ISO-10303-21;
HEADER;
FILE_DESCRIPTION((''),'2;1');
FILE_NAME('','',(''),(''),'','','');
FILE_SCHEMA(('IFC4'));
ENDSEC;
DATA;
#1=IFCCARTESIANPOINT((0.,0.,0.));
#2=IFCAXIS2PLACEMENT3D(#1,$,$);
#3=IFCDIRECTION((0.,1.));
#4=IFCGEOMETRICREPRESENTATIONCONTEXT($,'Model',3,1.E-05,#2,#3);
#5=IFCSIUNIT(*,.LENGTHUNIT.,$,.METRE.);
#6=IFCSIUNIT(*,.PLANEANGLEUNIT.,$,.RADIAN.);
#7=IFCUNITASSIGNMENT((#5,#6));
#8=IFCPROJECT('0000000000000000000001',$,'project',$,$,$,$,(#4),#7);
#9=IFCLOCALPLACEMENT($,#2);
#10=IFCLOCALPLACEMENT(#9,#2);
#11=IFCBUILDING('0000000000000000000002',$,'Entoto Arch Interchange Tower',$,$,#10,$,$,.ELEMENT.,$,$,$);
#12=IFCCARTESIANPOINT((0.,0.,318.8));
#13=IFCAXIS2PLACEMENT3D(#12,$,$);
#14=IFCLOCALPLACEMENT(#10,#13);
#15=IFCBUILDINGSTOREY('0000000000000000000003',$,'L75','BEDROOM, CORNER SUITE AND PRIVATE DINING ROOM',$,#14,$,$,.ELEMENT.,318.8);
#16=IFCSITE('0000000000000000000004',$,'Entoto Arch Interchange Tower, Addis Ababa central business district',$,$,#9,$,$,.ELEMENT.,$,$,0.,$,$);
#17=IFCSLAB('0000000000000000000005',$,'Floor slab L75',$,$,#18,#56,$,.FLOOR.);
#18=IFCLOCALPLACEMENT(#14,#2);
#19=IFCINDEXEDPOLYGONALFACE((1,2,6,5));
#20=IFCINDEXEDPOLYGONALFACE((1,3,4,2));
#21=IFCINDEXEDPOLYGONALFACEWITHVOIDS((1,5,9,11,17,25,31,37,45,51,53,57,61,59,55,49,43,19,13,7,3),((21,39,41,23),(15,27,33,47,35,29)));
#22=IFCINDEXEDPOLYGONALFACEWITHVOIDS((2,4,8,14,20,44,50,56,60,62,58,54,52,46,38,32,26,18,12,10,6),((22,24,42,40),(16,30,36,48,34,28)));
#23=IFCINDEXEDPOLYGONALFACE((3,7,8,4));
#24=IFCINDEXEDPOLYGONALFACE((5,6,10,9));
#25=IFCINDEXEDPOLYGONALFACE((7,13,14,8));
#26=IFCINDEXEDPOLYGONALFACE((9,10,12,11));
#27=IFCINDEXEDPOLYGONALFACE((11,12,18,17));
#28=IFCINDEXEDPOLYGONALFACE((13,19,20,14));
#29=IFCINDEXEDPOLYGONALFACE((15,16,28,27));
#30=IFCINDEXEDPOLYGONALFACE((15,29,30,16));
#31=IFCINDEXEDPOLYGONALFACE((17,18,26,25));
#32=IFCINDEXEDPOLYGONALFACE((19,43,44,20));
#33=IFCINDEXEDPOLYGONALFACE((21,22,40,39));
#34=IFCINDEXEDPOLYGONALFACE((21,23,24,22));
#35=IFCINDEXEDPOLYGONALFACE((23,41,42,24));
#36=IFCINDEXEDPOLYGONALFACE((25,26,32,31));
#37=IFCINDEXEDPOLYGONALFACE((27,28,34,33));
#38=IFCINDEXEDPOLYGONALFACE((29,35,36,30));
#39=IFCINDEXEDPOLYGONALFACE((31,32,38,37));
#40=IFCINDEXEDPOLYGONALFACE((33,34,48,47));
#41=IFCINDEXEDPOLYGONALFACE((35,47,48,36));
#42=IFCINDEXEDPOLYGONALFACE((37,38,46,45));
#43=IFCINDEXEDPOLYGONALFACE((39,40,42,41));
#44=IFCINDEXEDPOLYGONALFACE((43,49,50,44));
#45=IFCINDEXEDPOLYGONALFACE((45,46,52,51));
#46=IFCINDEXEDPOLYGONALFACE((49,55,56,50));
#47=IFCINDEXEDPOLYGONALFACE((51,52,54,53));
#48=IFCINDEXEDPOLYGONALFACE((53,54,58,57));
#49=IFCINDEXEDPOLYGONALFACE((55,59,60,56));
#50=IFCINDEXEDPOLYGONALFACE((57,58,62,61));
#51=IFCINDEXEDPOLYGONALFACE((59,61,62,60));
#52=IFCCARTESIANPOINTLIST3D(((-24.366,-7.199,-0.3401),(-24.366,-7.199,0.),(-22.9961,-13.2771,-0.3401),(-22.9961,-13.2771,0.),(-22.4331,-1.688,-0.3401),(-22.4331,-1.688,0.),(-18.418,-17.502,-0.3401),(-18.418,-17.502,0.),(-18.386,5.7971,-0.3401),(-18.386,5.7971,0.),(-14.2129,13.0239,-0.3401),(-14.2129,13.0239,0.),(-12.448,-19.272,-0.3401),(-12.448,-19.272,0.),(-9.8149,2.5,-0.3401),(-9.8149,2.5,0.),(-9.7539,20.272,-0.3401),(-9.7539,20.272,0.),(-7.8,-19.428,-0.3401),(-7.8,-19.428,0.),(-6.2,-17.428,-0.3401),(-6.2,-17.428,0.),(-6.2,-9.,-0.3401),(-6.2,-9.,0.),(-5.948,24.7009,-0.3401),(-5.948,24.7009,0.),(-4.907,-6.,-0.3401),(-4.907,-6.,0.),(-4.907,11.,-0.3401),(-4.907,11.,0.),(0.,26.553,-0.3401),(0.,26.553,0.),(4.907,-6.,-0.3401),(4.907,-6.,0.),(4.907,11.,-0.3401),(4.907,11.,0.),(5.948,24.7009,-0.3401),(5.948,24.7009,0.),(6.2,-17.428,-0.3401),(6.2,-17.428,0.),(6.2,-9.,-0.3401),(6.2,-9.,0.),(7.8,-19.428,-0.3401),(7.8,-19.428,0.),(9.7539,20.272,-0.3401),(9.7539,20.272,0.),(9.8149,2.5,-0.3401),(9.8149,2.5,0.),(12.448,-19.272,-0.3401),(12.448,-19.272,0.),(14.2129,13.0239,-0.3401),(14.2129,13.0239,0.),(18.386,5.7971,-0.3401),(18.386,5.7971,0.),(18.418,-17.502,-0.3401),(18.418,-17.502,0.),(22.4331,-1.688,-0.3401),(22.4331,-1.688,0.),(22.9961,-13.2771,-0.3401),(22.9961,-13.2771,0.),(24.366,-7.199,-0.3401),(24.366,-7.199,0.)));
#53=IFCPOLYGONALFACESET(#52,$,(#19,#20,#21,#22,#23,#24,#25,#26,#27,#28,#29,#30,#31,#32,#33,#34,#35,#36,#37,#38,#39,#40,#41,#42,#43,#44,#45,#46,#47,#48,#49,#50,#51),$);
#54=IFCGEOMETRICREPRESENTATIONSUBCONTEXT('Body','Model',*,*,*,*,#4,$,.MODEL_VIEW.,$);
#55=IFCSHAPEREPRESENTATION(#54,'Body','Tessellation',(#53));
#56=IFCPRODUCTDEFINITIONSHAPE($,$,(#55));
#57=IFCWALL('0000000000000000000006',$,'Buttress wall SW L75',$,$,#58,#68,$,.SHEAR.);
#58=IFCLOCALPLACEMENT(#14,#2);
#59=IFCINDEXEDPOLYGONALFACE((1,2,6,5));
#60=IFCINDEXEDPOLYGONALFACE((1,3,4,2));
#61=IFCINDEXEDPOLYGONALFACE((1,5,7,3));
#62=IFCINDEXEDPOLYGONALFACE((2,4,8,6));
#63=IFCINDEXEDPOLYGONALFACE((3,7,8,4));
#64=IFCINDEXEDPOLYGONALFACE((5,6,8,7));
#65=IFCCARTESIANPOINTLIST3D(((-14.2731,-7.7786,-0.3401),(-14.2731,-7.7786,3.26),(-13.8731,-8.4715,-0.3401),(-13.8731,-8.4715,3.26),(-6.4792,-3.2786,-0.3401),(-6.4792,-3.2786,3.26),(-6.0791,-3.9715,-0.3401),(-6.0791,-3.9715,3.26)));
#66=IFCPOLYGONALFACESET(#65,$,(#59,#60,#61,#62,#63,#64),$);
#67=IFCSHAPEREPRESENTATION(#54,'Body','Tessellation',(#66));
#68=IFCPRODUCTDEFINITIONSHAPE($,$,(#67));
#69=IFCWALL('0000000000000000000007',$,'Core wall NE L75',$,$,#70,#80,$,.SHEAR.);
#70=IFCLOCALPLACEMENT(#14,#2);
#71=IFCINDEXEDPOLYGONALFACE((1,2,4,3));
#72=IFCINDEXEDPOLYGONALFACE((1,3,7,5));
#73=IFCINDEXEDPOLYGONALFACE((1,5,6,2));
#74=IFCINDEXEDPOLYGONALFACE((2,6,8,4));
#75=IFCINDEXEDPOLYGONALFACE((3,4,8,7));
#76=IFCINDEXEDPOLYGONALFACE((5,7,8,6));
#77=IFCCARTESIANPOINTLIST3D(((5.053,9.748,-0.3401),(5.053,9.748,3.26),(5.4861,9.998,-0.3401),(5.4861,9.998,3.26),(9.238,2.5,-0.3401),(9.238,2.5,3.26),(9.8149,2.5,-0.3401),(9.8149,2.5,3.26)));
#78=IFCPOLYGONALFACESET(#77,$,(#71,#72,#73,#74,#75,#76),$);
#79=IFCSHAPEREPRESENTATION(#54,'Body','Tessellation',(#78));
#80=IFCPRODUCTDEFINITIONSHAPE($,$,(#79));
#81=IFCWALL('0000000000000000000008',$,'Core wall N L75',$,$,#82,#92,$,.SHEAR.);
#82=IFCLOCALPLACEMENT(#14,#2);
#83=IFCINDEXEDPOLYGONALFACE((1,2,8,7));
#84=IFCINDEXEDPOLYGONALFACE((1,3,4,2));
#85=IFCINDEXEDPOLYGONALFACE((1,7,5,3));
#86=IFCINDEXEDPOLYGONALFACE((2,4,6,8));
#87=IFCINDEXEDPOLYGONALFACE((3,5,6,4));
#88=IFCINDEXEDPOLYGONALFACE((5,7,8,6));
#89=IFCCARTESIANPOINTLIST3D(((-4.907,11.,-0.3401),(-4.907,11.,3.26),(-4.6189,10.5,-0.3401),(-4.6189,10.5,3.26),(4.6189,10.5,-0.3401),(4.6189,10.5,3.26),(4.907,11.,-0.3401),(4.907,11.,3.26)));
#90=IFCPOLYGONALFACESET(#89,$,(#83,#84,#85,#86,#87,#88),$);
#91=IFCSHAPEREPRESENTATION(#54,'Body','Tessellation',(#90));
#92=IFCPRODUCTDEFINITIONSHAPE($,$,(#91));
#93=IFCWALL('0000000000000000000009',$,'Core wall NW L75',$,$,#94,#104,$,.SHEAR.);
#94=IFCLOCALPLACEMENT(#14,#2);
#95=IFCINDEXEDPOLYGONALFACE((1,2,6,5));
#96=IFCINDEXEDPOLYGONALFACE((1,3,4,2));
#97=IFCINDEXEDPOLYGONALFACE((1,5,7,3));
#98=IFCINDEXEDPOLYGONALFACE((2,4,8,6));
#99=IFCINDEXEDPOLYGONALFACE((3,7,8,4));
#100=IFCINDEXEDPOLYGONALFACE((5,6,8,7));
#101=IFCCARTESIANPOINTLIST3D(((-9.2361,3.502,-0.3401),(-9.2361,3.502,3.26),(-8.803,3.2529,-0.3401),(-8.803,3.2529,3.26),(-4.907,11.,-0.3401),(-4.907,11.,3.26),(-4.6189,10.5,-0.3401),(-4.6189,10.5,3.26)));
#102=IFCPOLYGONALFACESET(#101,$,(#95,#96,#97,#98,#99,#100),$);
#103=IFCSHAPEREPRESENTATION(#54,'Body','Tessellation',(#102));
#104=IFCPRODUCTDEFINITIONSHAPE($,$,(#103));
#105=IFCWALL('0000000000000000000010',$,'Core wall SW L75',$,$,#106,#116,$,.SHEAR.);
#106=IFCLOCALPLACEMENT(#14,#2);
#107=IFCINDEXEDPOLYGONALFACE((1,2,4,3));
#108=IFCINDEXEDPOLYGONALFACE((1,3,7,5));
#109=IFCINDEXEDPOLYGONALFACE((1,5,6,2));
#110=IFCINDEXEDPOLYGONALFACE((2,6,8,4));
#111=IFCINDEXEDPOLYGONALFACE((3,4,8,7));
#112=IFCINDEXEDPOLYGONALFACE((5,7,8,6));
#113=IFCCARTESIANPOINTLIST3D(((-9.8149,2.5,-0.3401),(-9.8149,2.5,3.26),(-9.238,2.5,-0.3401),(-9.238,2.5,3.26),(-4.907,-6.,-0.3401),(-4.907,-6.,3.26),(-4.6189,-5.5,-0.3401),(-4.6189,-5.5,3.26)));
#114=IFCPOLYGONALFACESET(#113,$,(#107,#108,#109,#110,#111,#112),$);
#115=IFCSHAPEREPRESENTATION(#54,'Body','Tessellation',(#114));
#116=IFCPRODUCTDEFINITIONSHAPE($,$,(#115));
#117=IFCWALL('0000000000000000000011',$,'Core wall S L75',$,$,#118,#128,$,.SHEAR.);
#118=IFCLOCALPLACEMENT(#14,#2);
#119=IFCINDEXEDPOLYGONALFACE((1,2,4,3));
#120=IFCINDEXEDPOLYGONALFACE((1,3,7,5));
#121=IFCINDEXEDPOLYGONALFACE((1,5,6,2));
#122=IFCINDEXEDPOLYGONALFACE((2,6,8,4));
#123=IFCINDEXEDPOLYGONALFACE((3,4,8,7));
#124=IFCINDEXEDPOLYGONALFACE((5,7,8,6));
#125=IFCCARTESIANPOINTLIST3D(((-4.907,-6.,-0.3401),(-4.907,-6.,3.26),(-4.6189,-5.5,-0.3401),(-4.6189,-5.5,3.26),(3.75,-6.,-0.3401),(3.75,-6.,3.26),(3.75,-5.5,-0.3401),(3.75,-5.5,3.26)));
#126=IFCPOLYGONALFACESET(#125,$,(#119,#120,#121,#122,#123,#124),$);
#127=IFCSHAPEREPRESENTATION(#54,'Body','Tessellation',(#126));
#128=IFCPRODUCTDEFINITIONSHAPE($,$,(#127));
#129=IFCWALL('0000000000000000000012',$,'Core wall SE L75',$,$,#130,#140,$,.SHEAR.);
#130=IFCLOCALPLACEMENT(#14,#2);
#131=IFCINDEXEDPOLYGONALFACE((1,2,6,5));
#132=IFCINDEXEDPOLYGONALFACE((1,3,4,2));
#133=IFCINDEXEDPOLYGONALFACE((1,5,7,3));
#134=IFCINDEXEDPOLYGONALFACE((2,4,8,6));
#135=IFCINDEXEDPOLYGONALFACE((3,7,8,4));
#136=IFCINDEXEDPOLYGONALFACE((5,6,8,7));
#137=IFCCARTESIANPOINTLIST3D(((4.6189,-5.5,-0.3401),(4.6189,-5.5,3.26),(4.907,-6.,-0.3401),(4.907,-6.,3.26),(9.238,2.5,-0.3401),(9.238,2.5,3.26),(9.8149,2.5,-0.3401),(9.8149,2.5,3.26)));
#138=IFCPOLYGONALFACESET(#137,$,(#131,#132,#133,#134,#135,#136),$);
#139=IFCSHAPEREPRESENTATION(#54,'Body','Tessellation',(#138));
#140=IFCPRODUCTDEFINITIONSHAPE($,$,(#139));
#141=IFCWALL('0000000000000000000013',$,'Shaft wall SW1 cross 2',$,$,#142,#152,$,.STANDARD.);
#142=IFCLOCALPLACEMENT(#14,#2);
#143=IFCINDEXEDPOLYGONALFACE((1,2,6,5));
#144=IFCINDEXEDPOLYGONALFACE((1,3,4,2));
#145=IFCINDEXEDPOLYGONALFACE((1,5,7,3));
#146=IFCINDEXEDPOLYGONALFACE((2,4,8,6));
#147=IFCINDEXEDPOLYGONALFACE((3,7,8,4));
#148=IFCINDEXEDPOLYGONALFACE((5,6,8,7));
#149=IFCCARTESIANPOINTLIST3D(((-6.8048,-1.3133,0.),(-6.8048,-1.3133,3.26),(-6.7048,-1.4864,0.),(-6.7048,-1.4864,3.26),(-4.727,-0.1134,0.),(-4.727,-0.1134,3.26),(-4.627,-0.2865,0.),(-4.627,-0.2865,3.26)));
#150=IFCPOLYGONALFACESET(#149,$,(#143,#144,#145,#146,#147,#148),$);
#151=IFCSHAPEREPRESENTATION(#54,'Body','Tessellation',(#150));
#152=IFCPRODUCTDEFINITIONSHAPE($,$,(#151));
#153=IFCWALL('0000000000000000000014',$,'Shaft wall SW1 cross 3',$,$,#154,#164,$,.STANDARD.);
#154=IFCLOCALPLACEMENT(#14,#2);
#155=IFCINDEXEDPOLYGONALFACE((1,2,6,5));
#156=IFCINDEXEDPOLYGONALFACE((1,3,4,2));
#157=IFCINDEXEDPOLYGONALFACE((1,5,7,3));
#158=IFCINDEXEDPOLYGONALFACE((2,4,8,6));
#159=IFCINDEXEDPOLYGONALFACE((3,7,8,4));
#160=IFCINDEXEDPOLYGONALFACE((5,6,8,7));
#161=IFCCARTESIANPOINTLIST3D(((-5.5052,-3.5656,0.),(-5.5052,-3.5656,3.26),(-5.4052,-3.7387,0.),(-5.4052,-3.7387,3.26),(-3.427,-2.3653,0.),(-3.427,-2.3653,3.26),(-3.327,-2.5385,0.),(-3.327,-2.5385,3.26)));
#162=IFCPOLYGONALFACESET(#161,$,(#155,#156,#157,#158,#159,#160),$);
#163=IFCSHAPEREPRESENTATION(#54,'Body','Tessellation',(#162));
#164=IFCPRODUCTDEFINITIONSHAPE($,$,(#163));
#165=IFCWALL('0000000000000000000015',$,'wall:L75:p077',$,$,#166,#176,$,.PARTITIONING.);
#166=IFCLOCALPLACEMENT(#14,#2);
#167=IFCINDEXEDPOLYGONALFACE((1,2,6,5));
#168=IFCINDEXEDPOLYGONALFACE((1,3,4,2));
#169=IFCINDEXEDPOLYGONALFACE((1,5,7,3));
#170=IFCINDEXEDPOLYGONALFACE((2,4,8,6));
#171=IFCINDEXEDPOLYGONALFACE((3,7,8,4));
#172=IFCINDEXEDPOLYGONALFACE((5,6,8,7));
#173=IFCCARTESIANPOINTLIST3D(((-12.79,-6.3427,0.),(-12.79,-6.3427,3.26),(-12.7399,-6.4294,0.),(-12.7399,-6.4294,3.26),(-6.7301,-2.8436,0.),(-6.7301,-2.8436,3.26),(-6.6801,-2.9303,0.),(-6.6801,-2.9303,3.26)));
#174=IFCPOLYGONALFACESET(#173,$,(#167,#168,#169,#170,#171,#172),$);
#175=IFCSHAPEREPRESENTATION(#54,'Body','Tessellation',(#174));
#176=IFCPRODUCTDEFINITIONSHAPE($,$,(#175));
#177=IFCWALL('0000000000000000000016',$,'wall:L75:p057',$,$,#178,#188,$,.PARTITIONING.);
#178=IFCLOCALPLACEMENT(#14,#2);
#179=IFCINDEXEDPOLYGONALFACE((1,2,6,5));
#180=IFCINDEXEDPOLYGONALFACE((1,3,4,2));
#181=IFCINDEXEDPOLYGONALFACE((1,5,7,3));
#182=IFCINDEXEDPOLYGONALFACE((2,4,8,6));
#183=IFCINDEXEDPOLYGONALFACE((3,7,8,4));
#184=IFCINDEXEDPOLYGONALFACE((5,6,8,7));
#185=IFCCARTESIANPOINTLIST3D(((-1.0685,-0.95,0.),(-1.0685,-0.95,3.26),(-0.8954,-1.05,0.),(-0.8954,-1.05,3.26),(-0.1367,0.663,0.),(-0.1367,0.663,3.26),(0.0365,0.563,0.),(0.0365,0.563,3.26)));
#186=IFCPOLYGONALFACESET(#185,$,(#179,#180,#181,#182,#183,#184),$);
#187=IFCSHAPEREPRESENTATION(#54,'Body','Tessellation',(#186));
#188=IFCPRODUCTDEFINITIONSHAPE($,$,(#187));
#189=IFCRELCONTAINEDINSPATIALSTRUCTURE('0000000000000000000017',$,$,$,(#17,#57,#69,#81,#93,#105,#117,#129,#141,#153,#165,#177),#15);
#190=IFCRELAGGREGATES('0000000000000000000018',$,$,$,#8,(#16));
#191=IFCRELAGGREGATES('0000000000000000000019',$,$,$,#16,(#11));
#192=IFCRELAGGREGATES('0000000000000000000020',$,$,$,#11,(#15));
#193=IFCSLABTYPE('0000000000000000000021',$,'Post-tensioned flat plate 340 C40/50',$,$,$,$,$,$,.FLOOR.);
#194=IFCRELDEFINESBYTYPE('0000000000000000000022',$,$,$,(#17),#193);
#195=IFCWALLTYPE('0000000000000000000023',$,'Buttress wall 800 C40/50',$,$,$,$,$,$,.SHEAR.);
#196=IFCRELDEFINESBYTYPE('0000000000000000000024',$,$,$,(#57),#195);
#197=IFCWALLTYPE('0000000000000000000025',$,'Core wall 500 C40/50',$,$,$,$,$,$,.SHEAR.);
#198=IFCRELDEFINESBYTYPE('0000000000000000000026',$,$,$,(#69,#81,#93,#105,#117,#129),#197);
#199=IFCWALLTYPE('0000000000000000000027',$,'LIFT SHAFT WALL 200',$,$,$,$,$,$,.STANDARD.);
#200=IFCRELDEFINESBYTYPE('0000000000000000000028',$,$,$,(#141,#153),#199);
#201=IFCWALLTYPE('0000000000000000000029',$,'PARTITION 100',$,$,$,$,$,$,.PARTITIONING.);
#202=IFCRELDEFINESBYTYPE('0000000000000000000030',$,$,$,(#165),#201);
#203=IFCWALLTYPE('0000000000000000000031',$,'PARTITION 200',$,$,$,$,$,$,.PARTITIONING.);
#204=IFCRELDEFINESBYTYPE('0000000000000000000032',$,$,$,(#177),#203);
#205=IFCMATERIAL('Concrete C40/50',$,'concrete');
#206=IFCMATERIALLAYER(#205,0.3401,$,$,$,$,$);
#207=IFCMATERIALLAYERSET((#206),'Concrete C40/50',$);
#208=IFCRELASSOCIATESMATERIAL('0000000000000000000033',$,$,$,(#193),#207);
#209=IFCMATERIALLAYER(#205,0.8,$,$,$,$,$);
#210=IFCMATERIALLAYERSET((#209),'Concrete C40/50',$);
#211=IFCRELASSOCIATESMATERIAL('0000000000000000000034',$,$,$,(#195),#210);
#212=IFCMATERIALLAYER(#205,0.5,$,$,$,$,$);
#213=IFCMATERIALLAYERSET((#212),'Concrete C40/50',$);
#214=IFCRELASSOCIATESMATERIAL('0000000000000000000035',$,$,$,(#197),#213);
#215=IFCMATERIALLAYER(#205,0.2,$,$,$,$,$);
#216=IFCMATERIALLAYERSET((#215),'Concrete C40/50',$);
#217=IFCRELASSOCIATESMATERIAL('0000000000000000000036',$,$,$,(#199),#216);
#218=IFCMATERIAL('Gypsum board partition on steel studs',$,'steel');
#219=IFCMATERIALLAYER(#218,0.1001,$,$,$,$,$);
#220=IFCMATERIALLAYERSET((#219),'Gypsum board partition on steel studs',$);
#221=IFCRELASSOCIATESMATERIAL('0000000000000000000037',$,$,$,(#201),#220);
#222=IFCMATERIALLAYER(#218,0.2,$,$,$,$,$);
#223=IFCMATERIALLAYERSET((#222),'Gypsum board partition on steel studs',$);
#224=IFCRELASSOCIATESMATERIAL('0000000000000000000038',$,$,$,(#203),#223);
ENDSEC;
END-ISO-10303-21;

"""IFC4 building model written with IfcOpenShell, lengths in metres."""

from ifc_helpers import new_model, si_unit, direction, frame, frame_2d, origin, place, context, subcontext, project, spatial, polyline, rectangle, outline, extrude, material, layer, layer_set, type_object, element, save


model = new_model("IFC4")

# Units and contexts
model_context = context("Model", 3, precision=1e-05, world=origin(), true_north=direction((0.0, 1.0)))
body_context = subcontext(model_context, "Body", "Model", "MODEL_VIEW")
ifc_project = project(units=[si_unit("LENGTHUNIT", "METRE"), si_unit("PLANEANGLEUNIT", "RADIAN")], contexts=[model_context])

# Site, building, storey
site_placement = place(None, origin())
site = spatial("IfcSite", under=ifc_project, at=site_placement, Name="Entoto Arch Interchange Tower, Addis Ababa central business district", CompositionType="ELEMENT", RefElevation=0.0)
building_placement = place(site_placement, origin())
building = spatial("IfcBuilding", under=site, at=building_placement, Name="Entoto Arch Interchange Tower", CompositionType="ELEMENT")
storey_placement = place(building_placement, frame((0.0, 0.0, 318.8)))
storey = spatial("IfcBuildingStorey", under=building, at=storey_placement, Name="L75", Description="BEDROOM, CORNER SUITE AND PRIVATE DINING ROOM", CompositionType="ELEMENT", Elevation=318.8)

# Slab
ifc_material_1 = material(Name="Concrete C40/50", Category="concrete")
ifc_layer_1 = layer(ifc_material_1, 0.3401)
ifc_layer_set_1 = layer_set([ifc_layer_1], Name="Concrete C40/50")
slab_type = type_object("IfcSlabType", Name="Post-tensioned flat plate 340 C40/50", PredefinedType="FLOOR", material=ifc_layer_set_1)
slab_placement = place(storey_placement, frame((0.0, 0.0, -0.3401)))
element("IfcSlab", 1, at=slab_placement, inside=storey, type_object=slab_type, Name="Floor slab L75", PredefinedType="FLOOR", context=body_context, shape_type="SweptSolid", body=[
    extrude(outline(polyline([(-12.448, -19.272), (-7.8, -19.428), (7.8, -19.428), (12.448, -19.272), (18.418, -17.502), (22.9961, -13.2771), (24.366, -7.199), (22.4331, -1.688), (18.386, 5.7971), (14.2129, 13.0239), (9.7539, 20.272), (5.948, 24.7009), (0.0, 26.553), (-5.948, 24.7009), (-9.7539, 20.272), (-14.2129, 13.0239), (-18.386, 5.7971), (-22.4331, -1.688), (-24.366, -7.199), (-22.9961, -13.2771), (-18.418, -17.502), (-12.448, -19.272)]), holes=[polyline([(6.2, -17.428), (6.2, -9.0), (-6.2, -9.0), (-6.2, -17.428), (6.2, -17.428)]), polyline([(9.8149, 2.5), (4.907, 11.0), (-4.907, 11.0), (-9.8149, 2.5), (-4.907, -6.0), (4.907, -6.0), (9.8149, 2.5)])]), origin(), (0.0, 0.0, 1.0), 0.3401),
])

# Walls
ifc_layer_2 = layer(ifc_material_1, 0.8)
ifc_layer_set_2 = layer_set([ifc_layer_2], Name="Concrete C40/50")
wall_type_1 = type_object("IfcWallType", Name="Buttress wall 800 C40/50", PredefinedType="SHEAR", material=ifc_layer_set_2)
wall_1_placement = place(storey_placement, frame((-6.2791, -3.625, -0.3401), z_axis=(0.0, 0.0, 1.0), x_axis=(-0.866018, -0.500014, 0.0)))
element("IfcWall", 2, at=wall_1_placement, inside=storey, type_object=wall_type_1, Name="Buttress wall SW L75", PredefinedType="SHEAR", context=body_context, shape_type="SweptSolid", body=[
    extrude(rectangle(XDim=8.9998, YDim=0.8, at=frame_2d((4.5, 0.0))), origin(), (0.0, 0.0, 1.0), 3.6001),
])
ifc_layer_3 = layer(ifc_material_1, 0.5)
ifc_layer_set_3 = layer_set([ifc_layer_3], Name="Concrete C40/50")
wall_type_2 = type_object("IfcWallType", Name="Core wall 500 C40/50", PredefinedType="SHEAR", material=ifc_layer_set_3)
wall_2_placement = place(storey_placement, frame((0.0, 0.0, -0.3401)))
element("IfcWall", 3, at=wall_2_placement, inside=storey, type_object=wall_type_2, Name="Core wall NE L75", PredefinedType="SHEAR", context=body_context, shape_type="SweptSolid", body=[
    extrude(outline(polyline([(5.4861, 9.998), (5.053, 9.748), (9.238, 2.5), (9.8149, 2.5), (5.4861, 9.998)])), origin(), (0.0, 0.0, 1.0), 3.6001),
])
wall_3_placement = place(storey_placement, frame((0.0, 0.0, -0.3401)))
element("IfcWall", 4, at=wall_3_placement, inside=storey, type_object=wall_type_2, Name="Core wall N L75", PredefinedType="SHEAR", context=body_context, shape_type="SweptSolid", body=[
    extrude(outline(polyline([(4.907, 11.0), (-4.907, 11.0), (-4.6189, 10.5), (4.6189, 10.5), (4.907, 11.0)])), origin(), (0.0, 0.0, 1.0), 3.6001),
])
wall_4_placement = place(storey_placement, frame((0.0, 0.0, -0.3401)))
element("IfcWall", 5, at=wall_4_placement, inside=storey, type_object=wall_type_2, Name="Core wall NW L75", PredefinedType="SHEAR", context=body_context, shape_type="SweptSolid", body=[
    extrude(outline(polyline([(-9.2361, 3.502), (-8.803, 3.2529), (-4.6189, 10.5), (-4.907, 11.0), (-9.2361, 3.502)])), origin(), (0.0, 0.0, 1.0), 3.6001),
])
wall_5_placement = place(storey_placement, frame((0.0, 0.0, -0.3401)))
element("IfcWall", 6, at=wall_5_placement, inside=storey, type_object=wall_type_2, Name="Core wall SW L75", PredefinedType="SHEAR", context=body_context, shape_type="SweptSolid", body=[
    extrude(outline(polyline([(-9.8149, 2.5), (-4.907, -6.0), (-4.6189, -5.5), (-9.238, 2.5), (-9.8149, 2.5)])), origin(), (0.0, 0.0, 1.0), 3.6001),
])
wall_6_placement = place(storey_placement, frame((0.0, 0.0, -0.3401)))
element("IfcWall", 7, at=wall_6_placement, inside=storey, type_object=wall_type_2, Name="Core wall S L75", PredefinedType="SHEAR", context=body_context, shape_type="SweptSolid", body=[
    extrude(outline(polyline([(3.75, -6.0), (3.75, -5.5), (-4.6189, -5.5), (-4.907, -6.0), (3.75, -6.0)])), origin(), (0.0, 0.0, 1.0), 3.6001),
])
wall_7_placement = place(storey_placement, frame((0.0, 0.0, -0.3401)))
element("IfcWall", 8, at=wall_7_placement, inside=storey, type_object=wall_type_2, Name="Core wall SE L75", PredefinedType="SHEAR", context=body_context, shape_type="SweptSolid", body=[
    extrude(outline(polyline([(4.907, -6.0), (9.8149, 2.5), (9.238, 2.5), (4.6189, -5.5), (4.907, -6.0)])), origin(), (0.0, 0.0, 1.0), 3.6001),
])
ifc_layer_4 = layer(ifc_material_1, 0.2)
ifc_layer_set_4 = layer_set([ifc_layer_4], Name="Concrete C40/50")
wall_type_3 = type_object("IfcWallType", Name="LIFT SHAFT WALL 200", PredefinedType="STANDARD", material=ifc_layer_set_4)
wall_8_placement = place(storey_placement, frame((-4.677, -0.2, 0.0), z_axis=(0.0, 0.0, 1.0), x_axis=(-0.865974, -0.500089, 0.0)))
element("IfcWall", 9, at=wall_8_placement, inside=storey, type_object=wall_type_3, Name="Shaft wall SW1 cross 2", PredefinedType="STANDARD", context=body_context, shape_type="SweptSolid", body=[
    extrude(rectangle(XDim=2.3994, YDim=0.2, at=frame_2d((1.1997, 0.0))), origin(), (0.0, 0.0, 1.0), 3.26),
])
wall_9_placement = place(storey_placement, frame((-3.377, -2.4519, 0.0), z_axis=(0.0, 0.0, 1.0), x_axis=(-0.865955, -0.500122, 0.0)))
element("IfcWall", 10, at=wall_9_placement, inside=storey, type_object=wall_type_3, Name="Shaft wall SW1 cross 3", PredefinedType="STANDARD", context=body_context, shape_type="SweptSolid", body=[
    extrude(rectangle(XDim=2.3999, YDim=0.2, at=frame_2d((1.2, 0.0))), origin(), (0.0, 0.0, 1.0), 3.26),
])
ifc_material_2 = material(Name="Gypsum board partition on steel studs", Category="steel")
ifc_layer_5 = layer(ifc_material_2, 0.1001)
ifc_layer_set_5 = layer_set([ifc_layer_5], Name="Gypsum board partition on steel studs")
wall_type_4 = type_object("IfcWallType", Name="PARTITION 100", PredefinedType="PARTITIONING", material=ifc_layer_set_5)
wall_10_placement = place(storey_placement, frame((-6.7051, -2.887, 0.0), z_axis=(0.0, 0.0, 1.0), x_axis=(-0.866001, -0.500042, 0.0)))
element("IfcWall", 11, at=wall_10_placement, inside=storey, type_object=wall_type_4, Name="wall:L75:p077", PredefinedType="PARTITIONING", context=body_context, shape_type="SweptSolid", body=[
    extrude(rectangle(XDim=6.9976, YDim=0.1001, at=frame_2d((3.4988, 0.0))), origin(), (0.0, 0.0, 1.0), 3.26),
])
ifc_layer_6 = layer(ifc_material_2, 0.2)
ifc_layer_set_6 = layer_set([ifc_layer_6], Name="Gypsum board partition on steel studs")
wall_type_5 = type_object("IfcWallType", Name="PARTITION 200", PredefinedType="PARTITIONING", material=ifc_layer_set_6)
wall_11_placement = place(storey_placement, frame((-0.9819, -1.0, 0.0), z_axis=(0.0, 0.0, 1.0), x_axis=(0.50024, 0.865887, 0.0)))
element("IfcWall", 12, at=wall_11_placement, inside=storey, type_object=wall_type_5, Name="wall:L75:p057", PredefinedType="PARTITIONING", context=body_context, shape_type="SweptSolid", body=[
    extrude(rectangle(XDim=1.8628, YDim=0.2, at=frame_2d((0.9314, 0.0))), origin(), (0.0, 0.0, 1.0), 3.26),
])

save(model, "model.ifc")
